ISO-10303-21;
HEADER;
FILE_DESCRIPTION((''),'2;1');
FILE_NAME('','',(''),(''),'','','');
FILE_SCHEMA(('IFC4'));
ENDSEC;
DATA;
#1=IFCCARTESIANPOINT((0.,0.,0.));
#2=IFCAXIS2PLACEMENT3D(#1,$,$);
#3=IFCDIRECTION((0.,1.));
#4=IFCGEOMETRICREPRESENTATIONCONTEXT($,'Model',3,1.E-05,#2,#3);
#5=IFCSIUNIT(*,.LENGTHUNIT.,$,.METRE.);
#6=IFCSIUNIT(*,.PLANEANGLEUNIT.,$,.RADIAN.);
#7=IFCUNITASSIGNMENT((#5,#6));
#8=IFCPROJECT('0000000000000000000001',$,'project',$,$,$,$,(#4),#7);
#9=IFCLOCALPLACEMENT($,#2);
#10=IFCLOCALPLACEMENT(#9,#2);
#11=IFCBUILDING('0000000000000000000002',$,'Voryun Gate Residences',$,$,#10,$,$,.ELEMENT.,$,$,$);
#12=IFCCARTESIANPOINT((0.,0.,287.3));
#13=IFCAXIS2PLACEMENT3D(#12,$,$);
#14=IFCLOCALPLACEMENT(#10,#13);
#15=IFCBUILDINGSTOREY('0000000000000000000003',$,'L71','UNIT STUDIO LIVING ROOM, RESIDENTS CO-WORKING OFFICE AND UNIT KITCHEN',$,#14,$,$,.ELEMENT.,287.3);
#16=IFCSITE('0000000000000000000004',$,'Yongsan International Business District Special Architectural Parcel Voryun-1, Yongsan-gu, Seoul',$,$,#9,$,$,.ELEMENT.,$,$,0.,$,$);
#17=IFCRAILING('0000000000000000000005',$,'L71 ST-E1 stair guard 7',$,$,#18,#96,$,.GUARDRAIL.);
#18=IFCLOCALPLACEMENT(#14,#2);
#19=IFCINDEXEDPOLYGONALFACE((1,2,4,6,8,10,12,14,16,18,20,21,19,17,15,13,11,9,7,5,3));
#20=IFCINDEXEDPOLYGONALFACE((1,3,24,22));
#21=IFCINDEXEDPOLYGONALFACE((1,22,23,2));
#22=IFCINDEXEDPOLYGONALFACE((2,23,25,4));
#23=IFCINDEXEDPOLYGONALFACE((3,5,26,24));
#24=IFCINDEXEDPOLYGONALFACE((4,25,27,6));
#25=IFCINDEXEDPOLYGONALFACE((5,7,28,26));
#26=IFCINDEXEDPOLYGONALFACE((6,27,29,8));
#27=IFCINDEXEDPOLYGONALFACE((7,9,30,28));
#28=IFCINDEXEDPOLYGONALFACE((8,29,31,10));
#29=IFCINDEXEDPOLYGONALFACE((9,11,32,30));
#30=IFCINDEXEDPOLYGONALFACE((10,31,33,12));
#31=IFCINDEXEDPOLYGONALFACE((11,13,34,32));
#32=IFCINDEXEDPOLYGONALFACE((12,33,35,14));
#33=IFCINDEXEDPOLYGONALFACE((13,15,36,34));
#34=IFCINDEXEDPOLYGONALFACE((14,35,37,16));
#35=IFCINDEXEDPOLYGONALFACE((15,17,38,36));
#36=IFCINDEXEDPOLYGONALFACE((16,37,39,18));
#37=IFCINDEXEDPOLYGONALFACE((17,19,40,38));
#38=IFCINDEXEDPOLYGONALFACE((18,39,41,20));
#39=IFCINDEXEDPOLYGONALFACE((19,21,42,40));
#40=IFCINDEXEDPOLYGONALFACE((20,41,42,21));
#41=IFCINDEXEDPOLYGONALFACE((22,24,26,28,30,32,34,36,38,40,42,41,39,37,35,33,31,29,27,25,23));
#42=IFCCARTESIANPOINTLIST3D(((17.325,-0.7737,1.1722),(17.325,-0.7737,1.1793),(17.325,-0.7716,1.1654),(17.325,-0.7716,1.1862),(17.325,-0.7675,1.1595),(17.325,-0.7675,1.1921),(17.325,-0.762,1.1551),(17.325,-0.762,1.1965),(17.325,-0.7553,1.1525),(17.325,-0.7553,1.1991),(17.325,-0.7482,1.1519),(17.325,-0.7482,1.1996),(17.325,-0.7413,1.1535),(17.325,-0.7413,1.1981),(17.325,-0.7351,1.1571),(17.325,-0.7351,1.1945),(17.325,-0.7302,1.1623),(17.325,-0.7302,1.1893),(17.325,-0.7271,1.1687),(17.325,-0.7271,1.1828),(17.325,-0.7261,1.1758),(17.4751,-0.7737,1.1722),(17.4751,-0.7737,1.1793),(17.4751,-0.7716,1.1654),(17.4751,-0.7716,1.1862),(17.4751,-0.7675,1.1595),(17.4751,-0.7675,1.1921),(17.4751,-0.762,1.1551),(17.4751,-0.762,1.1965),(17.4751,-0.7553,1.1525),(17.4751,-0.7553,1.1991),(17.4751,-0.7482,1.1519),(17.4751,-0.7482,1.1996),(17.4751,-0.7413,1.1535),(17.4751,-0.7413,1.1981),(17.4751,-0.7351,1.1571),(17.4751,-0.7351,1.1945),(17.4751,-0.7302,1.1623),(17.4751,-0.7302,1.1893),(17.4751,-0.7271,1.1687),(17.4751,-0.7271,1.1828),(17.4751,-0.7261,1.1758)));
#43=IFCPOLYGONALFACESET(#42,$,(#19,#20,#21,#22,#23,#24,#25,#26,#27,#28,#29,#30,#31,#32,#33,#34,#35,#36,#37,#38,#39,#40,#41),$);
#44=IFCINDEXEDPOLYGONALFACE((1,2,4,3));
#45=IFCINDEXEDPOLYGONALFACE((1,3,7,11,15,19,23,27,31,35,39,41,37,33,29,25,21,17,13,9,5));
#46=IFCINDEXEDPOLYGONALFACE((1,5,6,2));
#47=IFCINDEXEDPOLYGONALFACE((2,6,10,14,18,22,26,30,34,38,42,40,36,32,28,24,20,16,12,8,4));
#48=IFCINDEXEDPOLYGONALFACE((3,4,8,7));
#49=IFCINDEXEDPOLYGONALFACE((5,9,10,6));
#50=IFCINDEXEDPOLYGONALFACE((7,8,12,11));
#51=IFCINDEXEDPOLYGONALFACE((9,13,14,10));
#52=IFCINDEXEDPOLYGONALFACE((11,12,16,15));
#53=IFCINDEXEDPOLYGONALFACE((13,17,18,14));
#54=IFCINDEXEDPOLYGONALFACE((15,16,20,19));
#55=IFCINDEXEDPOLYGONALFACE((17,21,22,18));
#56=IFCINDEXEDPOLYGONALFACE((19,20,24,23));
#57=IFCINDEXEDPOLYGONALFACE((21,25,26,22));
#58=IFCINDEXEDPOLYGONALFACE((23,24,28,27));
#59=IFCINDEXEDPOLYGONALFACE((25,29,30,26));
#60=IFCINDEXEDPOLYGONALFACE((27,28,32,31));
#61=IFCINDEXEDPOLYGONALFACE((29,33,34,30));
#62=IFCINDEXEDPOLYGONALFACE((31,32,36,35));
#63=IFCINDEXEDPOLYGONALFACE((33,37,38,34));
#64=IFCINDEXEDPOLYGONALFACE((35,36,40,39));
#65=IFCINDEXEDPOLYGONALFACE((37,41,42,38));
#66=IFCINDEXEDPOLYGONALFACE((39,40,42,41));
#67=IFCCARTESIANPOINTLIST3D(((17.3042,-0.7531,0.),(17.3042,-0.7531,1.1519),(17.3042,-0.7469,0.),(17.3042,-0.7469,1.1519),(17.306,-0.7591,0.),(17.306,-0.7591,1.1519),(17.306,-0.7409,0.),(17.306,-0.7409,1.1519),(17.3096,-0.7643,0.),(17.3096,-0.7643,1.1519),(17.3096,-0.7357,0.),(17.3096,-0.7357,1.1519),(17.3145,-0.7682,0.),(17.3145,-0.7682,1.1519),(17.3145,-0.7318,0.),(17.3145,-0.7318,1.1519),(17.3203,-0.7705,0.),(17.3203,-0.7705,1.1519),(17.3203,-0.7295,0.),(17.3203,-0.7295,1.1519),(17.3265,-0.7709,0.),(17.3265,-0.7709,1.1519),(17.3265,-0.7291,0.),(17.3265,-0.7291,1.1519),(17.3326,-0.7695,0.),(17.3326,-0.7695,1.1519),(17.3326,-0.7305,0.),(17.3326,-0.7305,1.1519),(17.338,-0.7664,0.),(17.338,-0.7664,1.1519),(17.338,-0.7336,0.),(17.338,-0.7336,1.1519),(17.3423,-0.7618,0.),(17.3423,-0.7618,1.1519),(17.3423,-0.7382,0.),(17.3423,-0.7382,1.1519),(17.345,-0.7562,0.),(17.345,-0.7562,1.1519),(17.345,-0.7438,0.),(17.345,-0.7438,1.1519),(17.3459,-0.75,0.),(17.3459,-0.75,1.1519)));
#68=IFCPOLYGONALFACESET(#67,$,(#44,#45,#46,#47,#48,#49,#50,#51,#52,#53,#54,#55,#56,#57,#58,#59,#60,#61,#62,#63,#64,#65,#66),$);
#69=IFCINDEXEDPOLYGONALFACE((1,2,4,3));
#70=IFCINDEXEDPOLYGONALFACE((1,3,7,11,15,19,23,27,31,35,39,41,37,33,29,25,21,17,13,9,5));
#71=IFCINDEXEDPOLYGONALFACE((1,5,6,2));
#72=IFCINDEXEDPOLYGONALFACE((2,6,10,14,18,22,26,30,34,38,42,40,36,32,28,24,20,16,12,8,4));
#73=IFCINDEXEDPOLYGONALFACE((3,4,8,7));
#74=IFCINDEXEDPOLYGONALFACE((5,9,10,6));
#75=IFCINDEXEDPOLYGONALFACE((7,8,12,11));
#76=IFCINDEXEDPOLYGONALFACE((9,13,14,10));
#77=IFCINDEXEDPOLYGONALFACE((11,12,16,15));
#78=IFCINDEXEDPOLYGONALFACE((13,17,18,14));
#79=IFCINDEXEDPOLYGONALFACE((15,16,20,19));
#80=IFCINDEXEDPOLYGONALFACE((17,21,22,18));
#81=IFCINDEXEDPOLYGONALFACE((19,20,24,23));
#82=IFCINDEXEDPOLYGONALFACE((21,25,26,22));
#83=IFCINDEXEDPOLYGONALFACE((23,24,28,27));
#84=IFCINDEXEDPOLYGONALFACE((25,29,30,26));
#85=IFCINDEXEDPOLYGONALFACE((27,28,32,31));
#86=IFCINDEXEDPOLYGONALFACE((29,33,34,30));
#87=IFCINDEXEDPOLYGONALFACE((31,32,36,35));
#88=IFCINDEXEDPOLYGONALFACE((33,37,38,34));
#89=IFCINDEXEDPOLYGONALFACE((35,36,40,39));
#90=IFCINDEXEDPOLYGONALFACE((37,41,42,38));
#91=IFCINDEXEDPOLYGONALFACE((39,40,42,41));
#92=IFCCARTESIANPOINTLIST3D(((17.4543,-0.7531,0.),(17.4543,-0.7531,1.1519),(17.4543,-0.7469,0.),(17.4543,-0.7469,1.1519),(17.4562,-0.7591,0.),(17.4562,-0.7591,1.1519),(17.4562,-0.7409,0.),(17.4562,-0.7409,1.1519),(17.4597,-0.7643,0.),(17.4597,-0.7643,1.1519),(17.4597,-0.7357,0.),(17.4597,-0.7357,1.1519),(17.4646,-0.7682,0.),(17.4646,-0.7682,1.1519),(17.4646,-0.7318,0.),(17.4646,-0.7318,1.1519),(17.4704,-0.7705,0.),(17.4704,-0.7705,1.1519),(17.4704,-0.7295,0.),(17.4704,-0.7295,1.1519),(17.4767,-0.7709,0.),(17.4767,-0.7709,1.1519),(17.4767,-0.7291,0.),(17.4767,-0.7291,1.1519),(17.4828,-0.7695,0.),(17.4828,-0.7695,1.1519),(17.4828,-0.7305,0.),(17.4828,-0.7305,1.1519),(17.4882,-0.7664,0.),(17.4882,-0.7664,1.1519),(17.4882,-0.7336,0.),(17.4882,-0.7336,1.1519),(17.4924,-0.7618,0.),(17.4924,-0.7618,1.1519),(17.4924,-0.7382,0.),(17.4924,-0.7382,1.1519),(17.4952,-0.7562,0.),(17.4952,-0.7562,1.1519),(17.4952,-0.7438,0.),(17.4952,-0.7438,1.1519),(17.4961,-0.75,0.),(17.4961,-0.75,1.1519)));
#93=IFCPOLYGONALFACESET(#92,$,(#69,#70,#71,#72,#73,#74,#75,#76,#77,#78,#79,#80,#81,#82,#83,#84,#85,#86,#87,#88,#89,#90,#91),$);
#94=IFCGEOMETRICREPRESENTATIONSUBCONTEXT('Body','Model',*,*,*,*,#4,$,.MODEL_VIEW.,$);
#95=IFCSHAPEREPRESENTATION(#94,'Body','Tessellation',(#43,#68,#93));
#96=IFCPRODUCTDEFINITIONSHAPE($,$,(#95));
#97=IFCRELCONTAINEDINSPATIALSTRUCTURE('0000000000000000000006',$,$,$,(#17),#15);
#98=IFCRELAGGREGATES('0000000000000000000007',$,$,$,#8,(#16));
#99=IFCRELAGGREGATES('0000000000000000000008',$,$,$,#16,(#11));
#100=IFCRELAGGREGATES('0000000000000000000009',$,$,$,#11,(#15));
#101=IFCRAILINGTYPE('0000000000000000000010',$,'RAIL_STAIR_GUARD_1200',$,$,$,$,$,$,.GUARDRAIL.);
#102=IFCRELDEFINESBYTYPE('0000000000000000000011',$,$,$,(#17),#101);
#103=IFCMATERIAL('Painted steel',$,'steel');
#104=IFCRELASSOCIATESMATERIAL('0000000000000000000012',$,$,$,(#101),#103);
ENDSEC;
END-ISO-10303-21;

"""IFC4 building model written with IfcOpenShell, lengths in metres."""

from ifc_helpers import new_model, si_unit, direction, frame, origin, origin_2d, place, context, subcontext, project, spatial, circle, extrude, material, type_object, element, save


model = new_model("IFC4")

# Units and contexts
model_context = context("Model", 3, precision=1e-05, world=origin(), true_north=direction((0.0, 1.0)))
body_context = subcontext(model_context, "Body", "Model", "MODEL_VIEW")
ifc_project = project(units=[si_unit("LENGTHUNIT", "METRE"), si_unit("PLANEANGLEUNIT", "RADIAN")], contexts=[model_context])

# Site, building, storey
site_placement = place(None, origin())
site = spatial("IfcSite", under=ifc_project, at=site_placement, Name="Yongsan International Business District Special Architectural Parcel Voryun-1, Yongsan-gu, Seoul", CompositionType="ELEMENT", RefElevation=0.0)
building_placement = place(site_placement, origin())
building = spatial("IfcBuilding", under=site, at=building_placement, Name="Voryun Gate Residences", CompositionType="ELEMENT")
storey_placement = place(building_placement, frame((0.0, 0.0, 287.3)))
storey = spatial("IfcBuildingStorey", under=building, at=storey_placement, Name="L71", Description="UNIT STUDIO LIVING ROOM, RESIDENTS CO-WORKING OFFICE AND UNIT KITCHEN", CompositionType="ELEMENT", Elevation=287.3)

# Railing
ifc_material_1 = material(Name="Painted steel", Category="steel")
railing_type_1 = type_object("IfcRailingType", Name="RAIL_STAIR_GUARD_1200", PredefinedType="GUARDRAIL", material=ifc_material_1)
railing_1_placement = place(storey_placement, frame((17.325, -0.75, 0.0)))
element("IfcRailing", 1, at=railing_1_placement, inside=storey, type_object=railing_type_1, Name="L71 ST-E1 stair guard 7", PredefinedType="GUARDRAIL", context=body_context, shape_type="SweptSolid", body=[
    extrude(circle(Radius=0.0239, at=origin_2d()), frame((0.0, 0.0, 1.1758), z_axis=(1.0, 0.0, 0.0), x_axis=(0.0, 1.0, 0.0)), (0.0, 0.0, 1.0), 0.1501),
    extrude(circle(Radius=0.021, at=origin_2d()), origin(), (0.0, 0.0, 1.0), 1.1519),
    extrude(circle(Radius=0.021, at=origin_2d()), frame((0.1501, 0.0, 0.0)), (0.0, 0.0, 1.0), 1.1519),
])

save(model, "model.ifc")
